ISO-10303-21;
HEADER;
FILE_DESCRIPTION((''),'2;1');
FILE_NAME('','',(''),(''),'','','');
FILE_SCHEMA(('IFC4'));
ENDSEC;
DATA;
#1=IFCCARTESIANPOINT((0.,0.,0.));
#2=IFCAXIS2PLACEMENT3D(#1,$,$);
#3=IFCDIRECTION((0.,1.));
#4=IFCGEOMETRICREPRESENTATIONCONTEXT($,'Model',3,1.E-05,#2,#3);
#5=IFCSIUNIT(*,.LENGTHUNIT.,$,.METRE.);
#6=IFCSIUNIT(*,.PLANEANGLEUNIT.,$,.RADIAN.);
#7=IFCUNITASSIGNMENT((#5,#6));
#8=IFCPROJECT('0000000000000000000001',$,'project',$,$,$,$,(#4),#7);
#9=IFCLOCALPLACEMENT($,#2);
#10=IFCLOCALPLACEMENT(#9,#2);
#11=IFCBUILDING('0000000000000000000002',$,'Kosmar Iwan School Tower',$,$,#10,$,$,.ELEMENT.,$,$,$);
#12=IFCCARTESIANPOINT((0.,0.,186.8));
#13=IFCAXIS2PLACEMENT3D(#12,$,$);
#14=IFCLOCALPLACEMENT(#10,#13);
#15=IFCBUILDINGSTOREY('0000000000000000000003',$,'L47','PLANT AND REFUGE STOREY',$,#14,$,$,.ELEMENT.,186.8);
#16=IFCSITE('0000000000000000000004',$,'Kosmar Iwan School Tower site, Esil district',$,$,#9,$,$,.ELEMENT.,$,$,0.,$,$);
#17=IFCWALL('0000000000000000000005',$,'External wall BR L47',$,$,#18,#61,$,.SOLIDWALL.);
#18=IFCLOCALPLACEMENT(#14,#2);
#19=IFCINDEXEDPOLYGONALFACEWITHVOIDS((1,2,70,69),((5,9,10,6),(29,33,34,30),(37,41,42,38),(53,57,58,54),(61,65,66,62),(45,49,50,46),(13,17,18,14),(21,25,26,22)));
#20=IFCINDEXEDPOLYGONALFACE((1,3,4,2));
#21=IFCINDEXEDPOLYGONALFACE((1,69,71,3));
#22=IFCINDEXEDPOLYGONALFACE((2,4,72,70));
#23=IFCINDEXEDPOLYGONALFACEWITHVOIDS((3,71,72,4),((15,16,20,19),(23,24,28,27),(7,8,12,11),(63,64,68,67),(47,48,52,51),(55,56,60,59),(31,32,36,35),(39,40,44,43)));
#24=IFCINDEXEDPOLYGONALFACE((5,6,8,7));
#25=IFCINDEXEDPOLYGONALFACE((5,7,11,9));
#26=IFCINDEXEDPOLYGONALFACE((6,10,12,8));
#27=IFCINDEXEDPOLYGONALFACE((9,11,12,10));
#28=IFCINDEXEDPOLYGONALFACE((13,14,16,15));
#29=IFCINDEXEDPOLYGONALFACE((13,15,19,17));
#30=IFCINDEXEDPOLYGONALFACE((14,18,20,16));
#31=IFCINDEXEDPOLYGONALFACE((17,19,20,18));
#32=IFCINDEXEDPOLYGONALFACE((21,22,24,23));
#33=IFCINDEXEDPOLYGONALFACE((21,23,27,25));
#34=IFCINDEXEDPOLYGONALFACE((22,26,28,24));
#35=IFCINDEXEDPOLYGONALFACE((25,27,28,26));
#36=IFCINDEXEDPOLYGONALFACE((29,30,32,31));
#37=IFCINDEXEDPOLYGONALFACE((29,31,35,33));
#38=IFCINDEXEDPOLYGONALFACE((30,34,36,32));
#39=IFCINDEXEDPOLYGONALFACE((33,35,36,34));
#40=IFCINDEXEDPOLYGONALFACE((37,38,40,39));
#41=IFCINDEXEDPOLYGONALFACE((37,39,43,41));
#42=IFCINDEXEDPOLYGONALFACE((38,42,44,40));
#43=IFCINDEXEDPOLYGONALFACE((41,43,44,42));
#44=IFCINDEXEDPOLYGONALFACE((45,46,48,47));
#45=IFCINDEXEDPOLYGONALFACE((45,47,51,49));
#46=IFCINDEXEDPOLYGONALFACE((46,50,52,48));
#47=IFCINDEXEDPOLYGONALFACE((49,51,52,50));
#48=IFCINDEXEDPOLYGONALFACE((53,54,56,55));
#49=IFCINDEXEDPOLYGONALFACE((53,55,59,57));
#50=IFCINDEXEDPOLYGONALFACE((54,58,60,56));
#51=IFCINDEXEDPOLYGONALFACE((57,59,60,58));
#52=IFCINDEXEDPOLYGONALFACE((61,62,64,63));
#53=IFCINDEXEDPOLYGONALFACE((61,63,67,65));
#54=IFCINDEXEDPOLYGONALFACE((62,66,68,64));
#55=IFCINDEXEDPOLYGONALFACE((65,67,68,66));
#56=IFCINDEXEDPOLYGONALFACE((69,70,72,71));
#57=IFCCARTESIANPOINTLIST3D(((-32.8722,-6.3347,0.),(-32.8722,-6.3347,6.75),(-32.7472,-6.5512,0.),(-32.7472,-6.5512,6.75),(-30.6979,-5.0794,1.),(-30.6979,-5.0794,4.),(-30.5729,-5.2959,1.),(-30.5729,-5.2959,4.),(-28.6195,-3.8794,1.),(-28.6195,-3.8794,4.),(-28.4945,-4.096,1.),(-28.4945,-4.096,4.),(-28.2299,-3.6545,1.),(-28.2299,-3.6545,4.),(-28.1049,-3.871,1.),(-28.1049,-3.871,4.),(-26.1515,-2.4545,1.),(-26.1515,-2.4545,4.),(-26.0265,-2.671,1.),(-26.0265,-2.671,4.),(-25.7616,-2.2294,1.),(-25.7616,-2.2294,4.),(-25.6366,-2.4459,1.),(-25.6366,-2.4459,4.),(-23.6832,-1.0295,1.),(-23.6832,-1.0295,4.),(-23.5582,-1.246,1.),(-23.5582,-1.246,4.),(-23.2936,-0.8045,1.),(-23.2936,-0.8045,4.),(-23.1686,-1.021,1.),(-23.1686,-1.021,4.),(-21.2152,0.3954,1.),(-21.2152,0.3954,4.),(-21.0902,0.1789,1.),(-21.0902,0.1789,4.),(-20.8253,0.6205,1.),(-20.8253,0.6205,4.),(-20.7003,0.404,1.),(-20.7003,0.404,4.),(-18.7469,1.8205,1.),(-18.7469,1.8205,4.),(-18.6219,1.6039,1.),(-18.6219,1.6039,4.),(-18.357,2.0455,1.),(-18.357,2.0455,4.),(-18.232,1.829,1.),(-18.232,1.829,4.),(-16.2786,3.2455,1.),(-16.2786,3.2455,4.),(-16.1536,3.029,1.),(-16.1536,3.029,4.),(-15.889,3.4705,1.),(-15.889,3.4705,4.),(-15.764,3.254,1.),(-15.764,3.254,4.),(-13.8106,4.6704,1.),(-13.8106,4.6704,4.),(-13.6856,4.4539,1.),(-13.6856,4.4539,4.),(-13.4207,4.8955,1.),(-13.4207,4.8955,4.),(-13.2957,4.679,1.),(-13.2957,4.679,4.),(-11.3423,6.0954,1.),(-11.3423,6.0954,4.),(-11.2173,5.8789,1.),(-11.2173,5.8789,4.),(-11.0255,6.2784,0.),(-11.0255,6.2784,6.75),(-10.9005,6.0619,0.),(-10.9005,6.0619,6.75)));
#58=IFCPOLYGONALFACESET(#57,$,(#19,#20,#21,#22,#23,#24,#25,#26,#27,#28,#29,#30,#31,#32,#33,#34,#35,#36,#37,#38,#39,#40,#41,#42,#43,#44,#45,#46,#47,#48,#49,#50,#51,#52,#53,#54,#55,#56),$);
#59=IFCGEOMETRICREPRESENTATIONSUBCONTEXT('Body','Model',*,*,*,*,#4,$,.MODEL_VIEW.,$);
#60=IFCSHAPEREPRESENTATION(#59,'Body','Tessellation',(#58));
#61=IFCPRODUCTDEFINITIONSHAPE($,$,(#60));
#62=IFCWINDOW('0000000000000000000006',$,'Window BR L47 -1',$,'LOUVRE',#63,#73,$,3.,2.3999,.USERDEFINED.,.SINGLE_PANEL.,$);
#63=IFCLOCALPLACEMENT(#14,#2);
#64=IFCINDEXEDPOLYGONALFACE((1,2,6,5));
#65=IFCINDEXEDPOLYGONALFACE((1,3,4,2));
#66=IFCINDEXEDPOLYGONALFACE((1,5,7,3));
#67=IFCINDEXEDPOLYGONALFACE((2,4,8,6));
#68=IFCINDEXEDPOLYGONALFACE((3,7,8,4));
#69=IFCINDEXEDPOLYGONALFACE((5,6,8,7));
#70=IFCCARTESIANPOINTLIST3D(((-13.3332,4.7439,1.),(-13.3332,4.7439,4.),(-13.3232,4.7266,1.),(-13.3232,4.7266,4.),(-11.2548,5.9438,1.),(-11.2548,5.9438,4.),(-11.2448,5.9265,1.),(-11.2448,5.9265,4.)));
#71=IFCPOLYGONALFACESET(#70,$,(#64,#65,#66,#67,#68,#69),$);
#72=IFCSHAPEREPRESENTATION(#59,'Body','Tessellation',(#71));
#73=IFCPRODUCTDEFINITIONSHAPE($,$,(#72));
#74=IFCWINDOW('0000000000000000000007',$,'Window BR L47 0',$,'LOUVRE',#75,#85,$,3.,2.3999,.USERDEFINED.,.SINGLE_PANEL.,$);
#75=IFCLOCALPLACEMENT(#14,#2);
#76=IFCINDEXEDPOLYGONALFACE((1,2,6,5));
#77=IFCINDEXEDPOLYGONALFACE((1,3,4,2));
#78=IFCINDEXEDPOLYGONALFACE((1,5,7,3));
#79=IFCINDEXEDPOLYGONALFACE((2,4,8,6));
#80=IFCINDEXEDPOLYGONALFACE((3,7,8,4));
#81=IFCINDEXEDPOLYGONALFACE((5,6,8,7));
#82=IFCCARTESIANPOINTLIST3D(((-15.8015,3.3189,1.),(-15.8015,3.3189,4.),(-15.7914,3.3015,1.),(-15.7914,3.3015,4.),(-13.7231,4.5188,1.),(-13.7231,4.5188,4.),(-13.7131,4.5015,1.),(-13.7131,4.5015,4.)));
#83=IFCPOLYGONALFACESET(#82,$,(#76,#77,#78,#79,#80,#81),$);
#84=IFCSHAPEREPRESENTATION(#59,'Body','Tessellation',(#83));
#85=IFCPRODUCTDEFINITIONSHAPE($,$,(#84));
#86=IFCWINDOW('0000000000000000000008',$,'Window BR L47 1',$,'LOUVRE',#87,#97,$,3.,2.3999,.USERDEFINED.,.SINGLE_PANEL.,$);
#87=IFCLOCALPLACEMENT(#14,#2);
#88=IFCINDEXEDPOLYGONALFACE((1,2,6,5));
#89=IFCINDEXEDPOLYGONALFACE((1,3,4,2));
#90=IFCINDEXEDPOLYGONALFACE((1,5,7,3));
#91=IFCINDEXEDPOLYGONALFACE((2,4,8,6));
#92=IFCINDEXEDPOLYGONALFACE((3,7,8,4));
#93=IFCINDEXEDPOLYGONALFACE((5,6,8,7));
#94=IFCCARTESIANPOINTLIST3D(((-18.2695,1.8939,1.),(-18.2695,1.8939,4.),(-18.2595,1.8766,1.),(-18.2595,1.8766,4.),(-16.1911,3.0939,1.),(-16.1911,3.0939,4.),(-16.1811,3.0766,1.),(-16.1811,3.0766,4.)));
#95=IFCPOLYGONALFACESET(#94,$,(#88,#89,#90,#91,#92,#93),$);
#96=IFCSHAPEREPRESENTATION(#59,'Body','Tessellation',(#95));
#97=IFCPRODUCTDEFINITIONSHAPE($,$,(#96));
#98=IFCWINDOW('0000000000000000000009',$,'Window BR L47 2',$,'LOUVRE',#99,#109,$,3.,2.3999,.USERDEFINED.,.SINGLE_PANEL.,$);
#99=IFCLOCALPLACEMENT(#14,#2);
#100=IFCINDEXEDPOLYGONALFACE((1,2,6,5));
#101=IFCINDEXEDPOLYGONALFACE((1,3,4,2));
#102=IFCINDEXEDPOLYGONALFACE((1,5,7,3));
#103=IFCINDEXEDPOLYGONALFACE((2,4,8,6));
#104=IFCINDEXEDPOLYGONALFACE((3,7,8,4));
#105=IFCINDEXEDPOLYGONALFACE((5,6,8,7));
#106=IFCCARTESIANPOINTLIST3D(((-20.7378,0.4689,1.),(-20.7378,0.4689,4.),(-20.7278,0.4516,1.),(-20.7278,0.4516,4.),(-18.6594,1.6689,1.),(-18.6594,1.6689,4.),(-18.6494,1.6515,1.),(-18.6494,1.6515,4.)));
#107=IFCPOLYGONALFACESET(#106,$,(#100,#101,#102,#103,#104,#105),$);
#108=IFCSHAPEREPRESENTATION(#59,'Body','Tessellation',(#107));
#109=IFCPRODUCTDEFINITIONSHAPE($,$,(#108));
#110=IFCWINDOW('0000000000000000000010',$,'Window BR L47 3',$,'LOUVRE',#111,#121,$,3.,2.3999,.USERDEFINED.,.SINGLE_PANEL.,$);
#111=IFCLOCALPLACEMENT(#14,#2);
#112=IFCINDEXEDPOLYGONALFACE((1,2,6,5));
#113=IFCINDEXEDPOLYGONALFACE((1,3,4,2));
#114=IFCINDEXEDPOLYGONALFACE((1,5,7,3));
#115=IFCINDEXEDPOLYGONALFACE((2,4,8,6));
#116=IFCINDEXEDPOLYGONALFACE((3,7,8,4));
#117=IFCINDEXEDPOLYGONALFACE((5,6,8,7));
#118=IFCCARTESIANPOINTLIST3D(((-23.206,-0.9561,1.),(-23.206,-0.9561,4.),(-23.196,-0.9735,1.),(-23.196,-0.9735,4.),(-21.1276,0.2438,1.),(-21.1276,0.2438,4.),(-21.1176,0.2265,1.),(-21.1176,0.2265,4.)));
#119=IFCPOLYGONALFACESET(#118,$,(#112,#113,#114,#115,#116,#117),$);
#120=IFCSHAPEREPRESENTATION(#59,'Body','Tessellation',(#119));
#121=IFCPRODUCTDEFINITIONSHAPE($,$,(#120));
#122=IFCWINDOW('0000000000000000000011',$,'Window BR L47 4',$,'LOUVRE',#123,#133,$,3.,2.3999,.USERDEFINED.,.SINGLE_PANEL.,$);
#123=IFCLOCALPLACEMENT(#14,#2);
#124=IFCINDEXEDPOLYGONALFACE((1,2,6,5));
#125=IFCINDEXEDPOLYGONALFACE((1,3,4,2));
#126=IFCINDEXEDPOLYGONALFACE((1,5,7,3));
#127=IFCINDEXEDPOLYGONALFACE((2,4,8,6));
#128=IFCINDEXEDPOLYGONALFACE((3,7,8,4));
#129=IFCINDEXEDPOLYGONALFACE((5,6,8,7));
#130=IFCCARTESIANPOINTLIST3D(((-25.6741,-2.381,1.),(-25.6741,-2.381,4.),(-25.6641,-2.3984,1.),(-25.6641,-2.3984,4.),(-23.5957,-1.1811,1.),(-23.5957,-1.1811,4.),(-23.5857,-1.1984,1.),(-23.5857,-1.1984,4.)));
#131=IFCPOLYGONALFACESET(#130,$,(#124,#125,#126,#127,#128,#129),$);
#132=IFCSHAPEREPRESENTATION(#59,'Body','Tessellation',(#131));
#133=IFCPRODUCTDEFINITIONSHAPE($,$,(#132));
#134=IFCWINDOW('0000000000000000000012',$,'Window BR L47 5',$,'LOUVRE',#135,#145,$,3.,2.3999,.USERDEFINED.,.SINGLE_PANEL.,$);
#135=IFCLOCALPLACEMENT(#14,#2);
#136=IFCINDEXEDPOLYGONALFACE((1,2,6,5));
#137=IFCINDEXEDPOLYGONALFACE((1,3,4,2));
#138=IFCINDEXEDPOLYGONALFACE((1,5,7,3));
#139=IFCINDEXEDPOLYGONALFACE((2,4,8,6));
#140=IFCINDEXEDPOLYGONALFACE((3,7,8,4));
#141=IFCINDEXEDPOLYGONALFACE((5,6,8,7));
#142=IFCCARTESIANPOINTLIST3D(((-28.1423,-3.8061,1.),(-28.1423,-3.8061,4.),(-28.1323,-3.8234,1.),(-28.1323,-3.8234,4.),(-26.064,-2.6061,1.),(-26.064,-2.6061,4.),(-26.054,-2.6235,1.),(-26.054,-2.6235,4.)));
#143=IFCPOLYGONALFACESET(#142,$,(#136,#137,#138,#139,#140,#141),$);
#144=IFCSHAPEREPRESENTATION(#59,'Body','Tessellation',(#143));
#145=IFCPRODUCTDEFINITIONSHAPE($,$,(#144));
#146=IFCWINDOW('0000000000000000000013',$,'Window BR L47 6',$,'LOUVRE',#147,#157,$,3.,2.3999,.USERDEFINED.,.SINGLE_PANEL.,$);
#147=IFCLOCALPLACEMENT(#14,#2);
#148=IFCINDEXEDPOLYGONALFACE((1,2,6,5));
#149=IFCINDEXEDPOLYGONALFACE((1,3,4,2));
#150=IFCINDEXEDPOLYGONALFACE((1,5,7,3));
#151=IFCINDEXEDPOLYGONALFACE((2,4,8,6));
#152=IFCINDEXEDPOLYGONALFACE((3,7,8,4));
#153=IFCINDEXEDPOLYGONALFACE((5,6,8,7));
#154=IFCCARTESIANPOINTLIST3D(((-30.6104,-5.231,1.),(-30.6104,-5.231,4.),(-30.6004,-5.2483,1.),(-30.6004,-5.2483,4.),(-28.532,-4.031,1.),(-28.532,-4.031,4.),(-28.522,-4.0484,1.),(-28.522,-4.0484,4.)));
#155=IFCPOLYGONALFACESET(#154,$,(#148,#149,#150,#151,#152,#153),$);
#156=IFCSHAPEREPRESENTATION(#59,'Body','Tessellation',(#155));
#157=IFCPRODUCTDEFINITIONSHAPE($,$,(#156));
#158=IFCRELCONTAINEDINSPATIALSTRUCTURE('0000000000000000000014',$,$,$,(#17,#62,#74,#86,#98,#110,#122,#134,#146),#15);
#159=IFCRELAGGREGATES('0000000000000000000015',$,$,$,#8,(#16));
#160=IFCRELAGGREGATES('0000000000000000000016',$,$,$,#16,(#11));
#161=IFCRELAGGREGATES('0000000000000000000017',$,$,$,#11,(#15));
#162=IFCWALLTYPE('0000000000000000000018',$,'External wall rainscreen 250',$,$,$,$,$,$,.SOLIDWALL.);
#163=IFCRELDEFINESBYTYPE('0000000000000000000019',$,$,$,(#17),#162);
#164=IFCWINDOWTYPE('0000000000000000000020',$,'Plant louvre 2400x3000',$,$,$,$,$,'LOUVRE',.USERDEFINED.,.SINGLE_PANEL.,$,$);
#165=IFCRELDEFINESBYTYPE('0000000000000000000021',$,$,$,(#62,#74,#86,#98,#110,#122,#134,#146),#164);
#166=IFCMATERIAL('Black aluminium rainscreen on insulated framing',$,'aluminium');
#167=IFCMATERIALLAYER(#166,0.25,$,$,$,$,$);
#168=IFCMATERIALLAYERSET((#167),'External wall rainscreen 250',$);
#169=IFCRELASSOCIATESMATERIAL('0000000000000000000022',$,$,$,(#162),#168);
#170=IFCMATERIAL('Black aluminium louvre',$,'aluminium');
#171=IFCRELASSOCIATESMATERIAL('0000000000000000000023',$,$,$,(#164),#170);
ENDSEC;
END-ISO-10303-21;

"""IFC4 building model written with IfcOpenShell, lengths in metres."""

from ifc_helpers import new_model, si_unit, direction, frame, frame_2d, origin, place, context, subcontext, project, spatial, rectangle, extrude, material, layer, layer_set, type_object, element, fill, save


model = new_model("IFC4")

# Units and contexts
model_context = context("Model", 3, precision=1e-05, world=origin(), true_north=direction((0.0, 1.0)))
body_context = subcontext(model_context, "Body", "Model", "MODEL_VIEW")
ifc_project = project(units=[si_unit("LENGTHUNIT", "METRE"), si_unit("PLANEANGLEUNIT", "RADIAN")], contexts=[model_context])

# Site, building, storey
site_placement = place(None, origin())
site = spatial("IfcSite", under=ifc_project, at=site_placement, Name="Kosmar Iwan School Tower site, Esil district", CompositionType="ELEMENT", RefElevation=0.0)
building_placement = place(site_placement, origin())
building = spatial("IfcBuilding", under=site, at=building_placement, Name="Kosmar Iwan School Tower", CompositionType="ELEMENT")
storey_placement = place(building_placement, frame((0.0, 0.0, 186.8)))
storey = spatial("IfcBuildingStorey", under=building, at=storey_placement, Name="L47", Description="PLANT AND REFUGE STOREY", CompositionType="ELEMENT", Elevation=186.8)

# Wall, openings, windows
ifc_material_1 = material(Name="Black aluminium rainscreen on insulated framing", Category="aluminium")
ifc_layer_1 = layer(ifc_material_1, 0.25)
ifc_layer_set_1 = layer_set([ifc_layer_1], Name="External wall rainscreen 250")
wall_type_1 = type_object("IfcWallType", Name="External wall rainscreen 250", PredefinedType="SOLIDWALL", material=ifc_layer_set_1)
ifc_material_2 = material(Name="Black aluminium louvre", Category="aluminium")
window_type = type_object("IfcWindowType", Name="Plant louvre 2400x3000", ElementType="LOUVRE", PartitioningType="SINGLE_PANEL", PredefinedType="USERDEFINED", material=ifc_material_2)
wall_1_placement = place(storey_placement, frame((-10.9629, 6.1702, 0.0), z_axis=(0.0, 0.0, 1.0), x_axis=(-0.866028, -0.499996, 0.0)))
wall_1 = element("IfcWall", 1, at=wall_1_placement, inside=storey, type_object=wall_type_1, Name="External wall BR L47", PredefinedType="SOLIDWALL", context=body_context, shape_type="SweptSolid", body=[
    extrude(rectangle(XDim=25.2263, YDim=0.25, at=frame_2d((12.6133, 0.0))), origin(), (0.0, 0.0, 1.0), 6.75),
])
opening_1_placement = place(wall_1_placement, frame((0.366, 0.0, 1.0)))
opening_1 = element("IfcOpeningElement", 2, at=opening_1_placement, cuts=wall_1, PredefinedType="OPENING", context=body_context, shape_type="SweptSolid", body=[
    extrude(rectangle(XDim=2.3999, YDim=3.0, at=frame_2d((1.2, 1.5))), frame((0.0, 0.137, 0.0), z_axis=(0.0, -1.0, 0.0), x_axis=(1.0, 0.0, 0.0)), (0.0, 0.0, 1.0), 0.2739),
])
opening_2_placement = place(wall_1_placement, frame((3.2161, 0.0, 1.0)))
opening_2 = element("IfcOpeningElement", 3, at=opening_2_placement, cuts=wall_1, PredefinedType="OPENING", context=body_context, shape_type="SweptSolid", body=[
    extrude(rectangle(XDim=2.3999, YDim=3.0, at=frame_2d((1.2, 1.5))), frame((0.0, 0.137, 0.0), z_axis=(0.0, -1.0, 0.0), x_axis=(1.0, 0.0, 0.0)), (0.0, 0.0, 1.0), 0.2739),
])
opening_3_placement = place(wall_1_placement, frame((6.0659, 0.0, 1.0)))
opening_3 = element("IfcOpeningElement", 4, at=opening_3_placement, cuts=wall_1, PredefinedType="OPENING", context=body_context, shape_type="SweptSolid", body=[
    extrude(rectangle(XDim=2.3999, YDim=3.0, at=frame_2d((1.2, 1.5))), frame((0.0, 0.137, 0.0), z_axis=(0.0, -1.0, 0.0), x_axis=(1.0, 0.0, 0.0)), (0.0, 0.0, 1.0), 0.2739),
])
opening_4_placement = place(wall_1_placement, frame((8.916, 0.0, 1.0)))
opening_4 = element("IfcOpeningElement", 5, at=opening_4_placement, cuts=wall_1, PredefinedType="OPENING", context=body_context, shape_type="SweptSolid", body=[
    extrude(rectangle(XDim=2.3999, YDim=3.0, at=frame_2d((1.2, 1.5))), frame((0.0, 0.137, 0.0), z_axis=(0.0, -1.0, 0.0), x_axis=(1.0, 0.0, 0.0)), (0.0, 0.0, 1.0), 0.2739),
])
opening_5_placement = place(wall_1_placement, frame((11.7661, 0.0, 1.0)))
opening_5 = element("IfcOpeningElement", 6, at=opening_5_placement, cuts=wall_1, PredefinedType="OPENING", context=body_context, shape_type="SweptSolid", body=[
    extrude(rectangle(XDim=2.3999, YDim=3.0, at=frame_2d((1.2, 1.5))), frame((0.0, 0.137, 0.0), z_axis=(0.0, -1.0, 0.0), x_axis=(1.0, 0.0, 0.0)), (0.0, 0.0, 1.0), 0.2739),
])
opening_6_placement = place(wall_1_placement, frame((14.616, 0.0, 1.0)))
opening_6 = element("IfcOpeningElement", 7, at=opening_6_placement, cuts=wall_1, PredefinedType="OPENING", context=body_context, shape_type="SweptSolid", body=[
    extrude(rectangle(XDim=2.3999, YDim=3.0, at=frame_2d((1.2, 1.5))), frame((0.0, 0.137, 0.0), z_axis=(0.0, -1.0, 0.0), x_axis=(1.0, 0.0, 0.0)), (0.0, 0.0, 1.0), 0.2739),
])
opening_7_placement = place(wall_1_placement, frame((17.4661, 0.0, 1.0)))
opening_7 = element("IfcOpeningElement", 8, at=opening_7_placement, cuts=wall_1, PredefinedType="OPENING", context=body_context, shape_type="SweptSolid", body=[
    extrude(rectangle(XDim=2.3999, YDim=3.0, at=frame_2d((1.2, 1.5))), frame((0.0, 0.137, 0.0), z_axis=(0.0, -1.0, 0.0), x_axis=(1.0, 0.0, 0.0)), (0.0, 0.0, 1.0), 0.2739),
])
opening_8_placement = place(wall_1_placement, frame((20.3159, 0.0, 1.0)))
opening_8 = element("IfcOpeningElement", 9, at=opening_8_placement, cuts=wall_1, PredefinedType="OPENING", context=body_context, shape_type="SweptSolid", body=[
    extrude(rectangle(XDim=2.3999, YDim=3.0, at=frame_2d((1.2, 1.5))), frame((0.0, 0.137, 0.0), z_axis=(0.0, -1.0, 0.0), x_axis=(1.0, 0.0, 0.0)), (0.0, 0.0, 1.0), 0.2739),
])
window_1_placement = place(opening_1_placement, origin())
window_1 = element("IfcWindow", 10, at=window_1_placement, inside=storey, type_object=window_type, Name="Window BR L47 -1", ObjectType="LOUVRE", OverallHeight=3.0, OverallWidth=2.3999, PartitioningType="SINGLE_PANEL", PredefinedType="USERDEFINED", context=body_context, shape_type="SweptSolid", body=[
    extrude(rectangle(XDim=2.3999, YDim=3.0, at=frame_2d((1.2, 1.5))), frame((0.0, 0.0701, 0.0), z_axis=(0.0, -1.0, 0.0), x_axis=(1.0, 0.0, 0.0)), (0.0, 0.0, 1.0), 0.02),
])
fill(opening_1, window_1)
window_2_placement = place(opening_2_placement, origin())
window_2 = element("IfcWindow", 11, at=window_2_placement, inside=storey, type_object=window_type, Name="Window BR L47 0", ObjectType="LOUVRE", OverallHeight=3.0, OverallWidth=2.3999, PartitioningType="SINGLE_PANEL", PredefinedType="USERDEFINED", context=body_context, shape_type="SweptSolid", body=[
    extrude(rectangle(XDim=2.3999, YDim=3.0, at=frame_2d((1.2, 1.5))), frame((0.0, 0.0701, 0.0), z_axis=(0.0, -1.0, 0.0), x_axis=(1.0, 0.0, 0.0)), (0.0, 0.0, 1.0), 0.02),
])
fill(opening_2, window_2)
window_3_placement = place(opening_3_placement, origin())
window_3 = element("IfcWindow", 12, at=window_3_placement, inside=storey, type_object=window_type, Name="Window BR L47 1", ObjectType="LOUVRE", OverallHeight=3.0, OverallWidth=2.3999, PartitioningType="SINGLE_PANEL", PredefinedType="USERDEFINED", context=body_context, shape_type="SweptSolid", body=[
    extrude(rectangle(XDim=2.3999, YDim=3.0, at=frame_2d((1.2, 1.5))), frame((0.0, 0.0701, 0.0), z_axis=(0.0, -1.0, 0.0), x_axis=(1.0, 0.0, 0.0)), (0.0, 0.0, 1.0), 0.02),
])
fill(opening_3, window_3)
window_4_placement = place(opening_4_placement, origin())
window_4 = element("IfcWindow", 13, at=window_4_placement, inside=storey, type_object=window_type, Name="Window BR L47 2", ObjectType="LOUVRE", OverallHeight=3.0, OverallWidth=2.3999, PartitioningType="SINGLE_PANEL", PredefinedType="USERDEFINED", context=body_context, shape_type="SweptSolid", body=[
    extrude(rectangle(XDim=2.3999, YDim=3.0, at=frame_2d((1.2, 1.5))), frame((0.0, 0.0701, 0.0), z_axis=(0.0, -1.0, 0.0), x_axis=(1.0, 0.0, 0.0)), (0.0, 0.0, 1.0), 0.02),
])
fill(opening_4, window_4)
window_5_placement = place(opening_5_placement, origin())
window_5 = element("IfcWindow", 14, at=window_5_placement, inside=storey, type_object=window_type, Name="Window BR L47 3", ObjectType="LOUVRE", OverallHeight=3.0, OverallWidth=2.3999, PartitioningType="SINGLE_PANEL", PredefinedType="USERDEFINED", context=body_context, shape_type="SweptSolid", body=[
    extrude(rectangle(XDim=2.3999, YDim=3.0, at=frame_2d((1.2, 1.5))), frame((0.0, 0.0701, 0.0), z_axis=(0.0, -1.0, 0.0), x_axis=(1.0, 0.0, 0.0)), (0.0, 0.0, 1.0), 0.02),
])
fill(opening_5, window_5)
window_6_placement = place(opening_6_placement, origin())
window_6 = element("IfcWindow", 15, at=window_6_placement, inside=storey, type_object=window_type, Name="Window BR L47 4", ObjectType="LOUVRE", OverallHeight=3.0, OverallWidth=2.3999, PartitioningType="SINGLE_PANEL", PredefinedType="USERDEFINED", context=body_context, shape_type="SweptSolid", body=[
    extrude(rectangle(XDim=2.3999, YDim=3.0, at=frame_2d((1.2, 1.5))), frame((0.0, 0.0701, 0.0), z_axis=(0.0, -1.0, 0.0), x_axis=(1.0, 0.0, 0.0)), (0.0, 0.0, 1.0), 0.02),
])
fill(opening_6, window_6)
window_7_placement = place(opening_7_placement, origin())
window_7 = element("IfcWindow", 16, at=window_7_placement, inside=storey, type_object=window_type, Name="Window BR L47 5", ObjectType="LOUVRE", OverallHeight=3.0, OverallWidth=2.3999, PartitioningType="SINGLE_PANEL", PredefinedType="USERDEFINED", context=body_context, shape_type="SweptSolid", body=[
    extrude(rectangle(XDim=2.3999, YDim=3.0, at=frame_2d((1.2, 1.5))), frame((0.0, 0.0701, 0.0), z_axis=(0.0, -1.0, 0.0), x_axis=(1.0, 0.0, 0.0)), (0.0, 0.0, 1.0), 0.02),
])
fill(opening_7, window_7)
window_8_placement = place(opening_8_placement, origin())
window_8 = element("IfcWindow", 17, at=window_8_placement, inside=storey, type_object=window_type, Name="Window BR L47 6", ObjectType="LOUVRE", OverallHeight=3.0, OverallWidth=2.3999, PartitioningType="SINGLE_PANEL", PredefinedType="USERDEFINED", context=body_context, shape_type="SweptSolid", body=[
    extrude(rectangle(XDim=2.3999, YDim=3.0, at=frame_2d((1.2, 1.5))), frame((0.0, 0.0701, 0.0), z_axis=(0.0, -1.0, 0.0), x_axis=(1.0, 0.0, 0.0)), (0.0, 0.0, 1.0), 0.02),
])
fill(opening_8, window_8)

save(model, "model.ifc")
